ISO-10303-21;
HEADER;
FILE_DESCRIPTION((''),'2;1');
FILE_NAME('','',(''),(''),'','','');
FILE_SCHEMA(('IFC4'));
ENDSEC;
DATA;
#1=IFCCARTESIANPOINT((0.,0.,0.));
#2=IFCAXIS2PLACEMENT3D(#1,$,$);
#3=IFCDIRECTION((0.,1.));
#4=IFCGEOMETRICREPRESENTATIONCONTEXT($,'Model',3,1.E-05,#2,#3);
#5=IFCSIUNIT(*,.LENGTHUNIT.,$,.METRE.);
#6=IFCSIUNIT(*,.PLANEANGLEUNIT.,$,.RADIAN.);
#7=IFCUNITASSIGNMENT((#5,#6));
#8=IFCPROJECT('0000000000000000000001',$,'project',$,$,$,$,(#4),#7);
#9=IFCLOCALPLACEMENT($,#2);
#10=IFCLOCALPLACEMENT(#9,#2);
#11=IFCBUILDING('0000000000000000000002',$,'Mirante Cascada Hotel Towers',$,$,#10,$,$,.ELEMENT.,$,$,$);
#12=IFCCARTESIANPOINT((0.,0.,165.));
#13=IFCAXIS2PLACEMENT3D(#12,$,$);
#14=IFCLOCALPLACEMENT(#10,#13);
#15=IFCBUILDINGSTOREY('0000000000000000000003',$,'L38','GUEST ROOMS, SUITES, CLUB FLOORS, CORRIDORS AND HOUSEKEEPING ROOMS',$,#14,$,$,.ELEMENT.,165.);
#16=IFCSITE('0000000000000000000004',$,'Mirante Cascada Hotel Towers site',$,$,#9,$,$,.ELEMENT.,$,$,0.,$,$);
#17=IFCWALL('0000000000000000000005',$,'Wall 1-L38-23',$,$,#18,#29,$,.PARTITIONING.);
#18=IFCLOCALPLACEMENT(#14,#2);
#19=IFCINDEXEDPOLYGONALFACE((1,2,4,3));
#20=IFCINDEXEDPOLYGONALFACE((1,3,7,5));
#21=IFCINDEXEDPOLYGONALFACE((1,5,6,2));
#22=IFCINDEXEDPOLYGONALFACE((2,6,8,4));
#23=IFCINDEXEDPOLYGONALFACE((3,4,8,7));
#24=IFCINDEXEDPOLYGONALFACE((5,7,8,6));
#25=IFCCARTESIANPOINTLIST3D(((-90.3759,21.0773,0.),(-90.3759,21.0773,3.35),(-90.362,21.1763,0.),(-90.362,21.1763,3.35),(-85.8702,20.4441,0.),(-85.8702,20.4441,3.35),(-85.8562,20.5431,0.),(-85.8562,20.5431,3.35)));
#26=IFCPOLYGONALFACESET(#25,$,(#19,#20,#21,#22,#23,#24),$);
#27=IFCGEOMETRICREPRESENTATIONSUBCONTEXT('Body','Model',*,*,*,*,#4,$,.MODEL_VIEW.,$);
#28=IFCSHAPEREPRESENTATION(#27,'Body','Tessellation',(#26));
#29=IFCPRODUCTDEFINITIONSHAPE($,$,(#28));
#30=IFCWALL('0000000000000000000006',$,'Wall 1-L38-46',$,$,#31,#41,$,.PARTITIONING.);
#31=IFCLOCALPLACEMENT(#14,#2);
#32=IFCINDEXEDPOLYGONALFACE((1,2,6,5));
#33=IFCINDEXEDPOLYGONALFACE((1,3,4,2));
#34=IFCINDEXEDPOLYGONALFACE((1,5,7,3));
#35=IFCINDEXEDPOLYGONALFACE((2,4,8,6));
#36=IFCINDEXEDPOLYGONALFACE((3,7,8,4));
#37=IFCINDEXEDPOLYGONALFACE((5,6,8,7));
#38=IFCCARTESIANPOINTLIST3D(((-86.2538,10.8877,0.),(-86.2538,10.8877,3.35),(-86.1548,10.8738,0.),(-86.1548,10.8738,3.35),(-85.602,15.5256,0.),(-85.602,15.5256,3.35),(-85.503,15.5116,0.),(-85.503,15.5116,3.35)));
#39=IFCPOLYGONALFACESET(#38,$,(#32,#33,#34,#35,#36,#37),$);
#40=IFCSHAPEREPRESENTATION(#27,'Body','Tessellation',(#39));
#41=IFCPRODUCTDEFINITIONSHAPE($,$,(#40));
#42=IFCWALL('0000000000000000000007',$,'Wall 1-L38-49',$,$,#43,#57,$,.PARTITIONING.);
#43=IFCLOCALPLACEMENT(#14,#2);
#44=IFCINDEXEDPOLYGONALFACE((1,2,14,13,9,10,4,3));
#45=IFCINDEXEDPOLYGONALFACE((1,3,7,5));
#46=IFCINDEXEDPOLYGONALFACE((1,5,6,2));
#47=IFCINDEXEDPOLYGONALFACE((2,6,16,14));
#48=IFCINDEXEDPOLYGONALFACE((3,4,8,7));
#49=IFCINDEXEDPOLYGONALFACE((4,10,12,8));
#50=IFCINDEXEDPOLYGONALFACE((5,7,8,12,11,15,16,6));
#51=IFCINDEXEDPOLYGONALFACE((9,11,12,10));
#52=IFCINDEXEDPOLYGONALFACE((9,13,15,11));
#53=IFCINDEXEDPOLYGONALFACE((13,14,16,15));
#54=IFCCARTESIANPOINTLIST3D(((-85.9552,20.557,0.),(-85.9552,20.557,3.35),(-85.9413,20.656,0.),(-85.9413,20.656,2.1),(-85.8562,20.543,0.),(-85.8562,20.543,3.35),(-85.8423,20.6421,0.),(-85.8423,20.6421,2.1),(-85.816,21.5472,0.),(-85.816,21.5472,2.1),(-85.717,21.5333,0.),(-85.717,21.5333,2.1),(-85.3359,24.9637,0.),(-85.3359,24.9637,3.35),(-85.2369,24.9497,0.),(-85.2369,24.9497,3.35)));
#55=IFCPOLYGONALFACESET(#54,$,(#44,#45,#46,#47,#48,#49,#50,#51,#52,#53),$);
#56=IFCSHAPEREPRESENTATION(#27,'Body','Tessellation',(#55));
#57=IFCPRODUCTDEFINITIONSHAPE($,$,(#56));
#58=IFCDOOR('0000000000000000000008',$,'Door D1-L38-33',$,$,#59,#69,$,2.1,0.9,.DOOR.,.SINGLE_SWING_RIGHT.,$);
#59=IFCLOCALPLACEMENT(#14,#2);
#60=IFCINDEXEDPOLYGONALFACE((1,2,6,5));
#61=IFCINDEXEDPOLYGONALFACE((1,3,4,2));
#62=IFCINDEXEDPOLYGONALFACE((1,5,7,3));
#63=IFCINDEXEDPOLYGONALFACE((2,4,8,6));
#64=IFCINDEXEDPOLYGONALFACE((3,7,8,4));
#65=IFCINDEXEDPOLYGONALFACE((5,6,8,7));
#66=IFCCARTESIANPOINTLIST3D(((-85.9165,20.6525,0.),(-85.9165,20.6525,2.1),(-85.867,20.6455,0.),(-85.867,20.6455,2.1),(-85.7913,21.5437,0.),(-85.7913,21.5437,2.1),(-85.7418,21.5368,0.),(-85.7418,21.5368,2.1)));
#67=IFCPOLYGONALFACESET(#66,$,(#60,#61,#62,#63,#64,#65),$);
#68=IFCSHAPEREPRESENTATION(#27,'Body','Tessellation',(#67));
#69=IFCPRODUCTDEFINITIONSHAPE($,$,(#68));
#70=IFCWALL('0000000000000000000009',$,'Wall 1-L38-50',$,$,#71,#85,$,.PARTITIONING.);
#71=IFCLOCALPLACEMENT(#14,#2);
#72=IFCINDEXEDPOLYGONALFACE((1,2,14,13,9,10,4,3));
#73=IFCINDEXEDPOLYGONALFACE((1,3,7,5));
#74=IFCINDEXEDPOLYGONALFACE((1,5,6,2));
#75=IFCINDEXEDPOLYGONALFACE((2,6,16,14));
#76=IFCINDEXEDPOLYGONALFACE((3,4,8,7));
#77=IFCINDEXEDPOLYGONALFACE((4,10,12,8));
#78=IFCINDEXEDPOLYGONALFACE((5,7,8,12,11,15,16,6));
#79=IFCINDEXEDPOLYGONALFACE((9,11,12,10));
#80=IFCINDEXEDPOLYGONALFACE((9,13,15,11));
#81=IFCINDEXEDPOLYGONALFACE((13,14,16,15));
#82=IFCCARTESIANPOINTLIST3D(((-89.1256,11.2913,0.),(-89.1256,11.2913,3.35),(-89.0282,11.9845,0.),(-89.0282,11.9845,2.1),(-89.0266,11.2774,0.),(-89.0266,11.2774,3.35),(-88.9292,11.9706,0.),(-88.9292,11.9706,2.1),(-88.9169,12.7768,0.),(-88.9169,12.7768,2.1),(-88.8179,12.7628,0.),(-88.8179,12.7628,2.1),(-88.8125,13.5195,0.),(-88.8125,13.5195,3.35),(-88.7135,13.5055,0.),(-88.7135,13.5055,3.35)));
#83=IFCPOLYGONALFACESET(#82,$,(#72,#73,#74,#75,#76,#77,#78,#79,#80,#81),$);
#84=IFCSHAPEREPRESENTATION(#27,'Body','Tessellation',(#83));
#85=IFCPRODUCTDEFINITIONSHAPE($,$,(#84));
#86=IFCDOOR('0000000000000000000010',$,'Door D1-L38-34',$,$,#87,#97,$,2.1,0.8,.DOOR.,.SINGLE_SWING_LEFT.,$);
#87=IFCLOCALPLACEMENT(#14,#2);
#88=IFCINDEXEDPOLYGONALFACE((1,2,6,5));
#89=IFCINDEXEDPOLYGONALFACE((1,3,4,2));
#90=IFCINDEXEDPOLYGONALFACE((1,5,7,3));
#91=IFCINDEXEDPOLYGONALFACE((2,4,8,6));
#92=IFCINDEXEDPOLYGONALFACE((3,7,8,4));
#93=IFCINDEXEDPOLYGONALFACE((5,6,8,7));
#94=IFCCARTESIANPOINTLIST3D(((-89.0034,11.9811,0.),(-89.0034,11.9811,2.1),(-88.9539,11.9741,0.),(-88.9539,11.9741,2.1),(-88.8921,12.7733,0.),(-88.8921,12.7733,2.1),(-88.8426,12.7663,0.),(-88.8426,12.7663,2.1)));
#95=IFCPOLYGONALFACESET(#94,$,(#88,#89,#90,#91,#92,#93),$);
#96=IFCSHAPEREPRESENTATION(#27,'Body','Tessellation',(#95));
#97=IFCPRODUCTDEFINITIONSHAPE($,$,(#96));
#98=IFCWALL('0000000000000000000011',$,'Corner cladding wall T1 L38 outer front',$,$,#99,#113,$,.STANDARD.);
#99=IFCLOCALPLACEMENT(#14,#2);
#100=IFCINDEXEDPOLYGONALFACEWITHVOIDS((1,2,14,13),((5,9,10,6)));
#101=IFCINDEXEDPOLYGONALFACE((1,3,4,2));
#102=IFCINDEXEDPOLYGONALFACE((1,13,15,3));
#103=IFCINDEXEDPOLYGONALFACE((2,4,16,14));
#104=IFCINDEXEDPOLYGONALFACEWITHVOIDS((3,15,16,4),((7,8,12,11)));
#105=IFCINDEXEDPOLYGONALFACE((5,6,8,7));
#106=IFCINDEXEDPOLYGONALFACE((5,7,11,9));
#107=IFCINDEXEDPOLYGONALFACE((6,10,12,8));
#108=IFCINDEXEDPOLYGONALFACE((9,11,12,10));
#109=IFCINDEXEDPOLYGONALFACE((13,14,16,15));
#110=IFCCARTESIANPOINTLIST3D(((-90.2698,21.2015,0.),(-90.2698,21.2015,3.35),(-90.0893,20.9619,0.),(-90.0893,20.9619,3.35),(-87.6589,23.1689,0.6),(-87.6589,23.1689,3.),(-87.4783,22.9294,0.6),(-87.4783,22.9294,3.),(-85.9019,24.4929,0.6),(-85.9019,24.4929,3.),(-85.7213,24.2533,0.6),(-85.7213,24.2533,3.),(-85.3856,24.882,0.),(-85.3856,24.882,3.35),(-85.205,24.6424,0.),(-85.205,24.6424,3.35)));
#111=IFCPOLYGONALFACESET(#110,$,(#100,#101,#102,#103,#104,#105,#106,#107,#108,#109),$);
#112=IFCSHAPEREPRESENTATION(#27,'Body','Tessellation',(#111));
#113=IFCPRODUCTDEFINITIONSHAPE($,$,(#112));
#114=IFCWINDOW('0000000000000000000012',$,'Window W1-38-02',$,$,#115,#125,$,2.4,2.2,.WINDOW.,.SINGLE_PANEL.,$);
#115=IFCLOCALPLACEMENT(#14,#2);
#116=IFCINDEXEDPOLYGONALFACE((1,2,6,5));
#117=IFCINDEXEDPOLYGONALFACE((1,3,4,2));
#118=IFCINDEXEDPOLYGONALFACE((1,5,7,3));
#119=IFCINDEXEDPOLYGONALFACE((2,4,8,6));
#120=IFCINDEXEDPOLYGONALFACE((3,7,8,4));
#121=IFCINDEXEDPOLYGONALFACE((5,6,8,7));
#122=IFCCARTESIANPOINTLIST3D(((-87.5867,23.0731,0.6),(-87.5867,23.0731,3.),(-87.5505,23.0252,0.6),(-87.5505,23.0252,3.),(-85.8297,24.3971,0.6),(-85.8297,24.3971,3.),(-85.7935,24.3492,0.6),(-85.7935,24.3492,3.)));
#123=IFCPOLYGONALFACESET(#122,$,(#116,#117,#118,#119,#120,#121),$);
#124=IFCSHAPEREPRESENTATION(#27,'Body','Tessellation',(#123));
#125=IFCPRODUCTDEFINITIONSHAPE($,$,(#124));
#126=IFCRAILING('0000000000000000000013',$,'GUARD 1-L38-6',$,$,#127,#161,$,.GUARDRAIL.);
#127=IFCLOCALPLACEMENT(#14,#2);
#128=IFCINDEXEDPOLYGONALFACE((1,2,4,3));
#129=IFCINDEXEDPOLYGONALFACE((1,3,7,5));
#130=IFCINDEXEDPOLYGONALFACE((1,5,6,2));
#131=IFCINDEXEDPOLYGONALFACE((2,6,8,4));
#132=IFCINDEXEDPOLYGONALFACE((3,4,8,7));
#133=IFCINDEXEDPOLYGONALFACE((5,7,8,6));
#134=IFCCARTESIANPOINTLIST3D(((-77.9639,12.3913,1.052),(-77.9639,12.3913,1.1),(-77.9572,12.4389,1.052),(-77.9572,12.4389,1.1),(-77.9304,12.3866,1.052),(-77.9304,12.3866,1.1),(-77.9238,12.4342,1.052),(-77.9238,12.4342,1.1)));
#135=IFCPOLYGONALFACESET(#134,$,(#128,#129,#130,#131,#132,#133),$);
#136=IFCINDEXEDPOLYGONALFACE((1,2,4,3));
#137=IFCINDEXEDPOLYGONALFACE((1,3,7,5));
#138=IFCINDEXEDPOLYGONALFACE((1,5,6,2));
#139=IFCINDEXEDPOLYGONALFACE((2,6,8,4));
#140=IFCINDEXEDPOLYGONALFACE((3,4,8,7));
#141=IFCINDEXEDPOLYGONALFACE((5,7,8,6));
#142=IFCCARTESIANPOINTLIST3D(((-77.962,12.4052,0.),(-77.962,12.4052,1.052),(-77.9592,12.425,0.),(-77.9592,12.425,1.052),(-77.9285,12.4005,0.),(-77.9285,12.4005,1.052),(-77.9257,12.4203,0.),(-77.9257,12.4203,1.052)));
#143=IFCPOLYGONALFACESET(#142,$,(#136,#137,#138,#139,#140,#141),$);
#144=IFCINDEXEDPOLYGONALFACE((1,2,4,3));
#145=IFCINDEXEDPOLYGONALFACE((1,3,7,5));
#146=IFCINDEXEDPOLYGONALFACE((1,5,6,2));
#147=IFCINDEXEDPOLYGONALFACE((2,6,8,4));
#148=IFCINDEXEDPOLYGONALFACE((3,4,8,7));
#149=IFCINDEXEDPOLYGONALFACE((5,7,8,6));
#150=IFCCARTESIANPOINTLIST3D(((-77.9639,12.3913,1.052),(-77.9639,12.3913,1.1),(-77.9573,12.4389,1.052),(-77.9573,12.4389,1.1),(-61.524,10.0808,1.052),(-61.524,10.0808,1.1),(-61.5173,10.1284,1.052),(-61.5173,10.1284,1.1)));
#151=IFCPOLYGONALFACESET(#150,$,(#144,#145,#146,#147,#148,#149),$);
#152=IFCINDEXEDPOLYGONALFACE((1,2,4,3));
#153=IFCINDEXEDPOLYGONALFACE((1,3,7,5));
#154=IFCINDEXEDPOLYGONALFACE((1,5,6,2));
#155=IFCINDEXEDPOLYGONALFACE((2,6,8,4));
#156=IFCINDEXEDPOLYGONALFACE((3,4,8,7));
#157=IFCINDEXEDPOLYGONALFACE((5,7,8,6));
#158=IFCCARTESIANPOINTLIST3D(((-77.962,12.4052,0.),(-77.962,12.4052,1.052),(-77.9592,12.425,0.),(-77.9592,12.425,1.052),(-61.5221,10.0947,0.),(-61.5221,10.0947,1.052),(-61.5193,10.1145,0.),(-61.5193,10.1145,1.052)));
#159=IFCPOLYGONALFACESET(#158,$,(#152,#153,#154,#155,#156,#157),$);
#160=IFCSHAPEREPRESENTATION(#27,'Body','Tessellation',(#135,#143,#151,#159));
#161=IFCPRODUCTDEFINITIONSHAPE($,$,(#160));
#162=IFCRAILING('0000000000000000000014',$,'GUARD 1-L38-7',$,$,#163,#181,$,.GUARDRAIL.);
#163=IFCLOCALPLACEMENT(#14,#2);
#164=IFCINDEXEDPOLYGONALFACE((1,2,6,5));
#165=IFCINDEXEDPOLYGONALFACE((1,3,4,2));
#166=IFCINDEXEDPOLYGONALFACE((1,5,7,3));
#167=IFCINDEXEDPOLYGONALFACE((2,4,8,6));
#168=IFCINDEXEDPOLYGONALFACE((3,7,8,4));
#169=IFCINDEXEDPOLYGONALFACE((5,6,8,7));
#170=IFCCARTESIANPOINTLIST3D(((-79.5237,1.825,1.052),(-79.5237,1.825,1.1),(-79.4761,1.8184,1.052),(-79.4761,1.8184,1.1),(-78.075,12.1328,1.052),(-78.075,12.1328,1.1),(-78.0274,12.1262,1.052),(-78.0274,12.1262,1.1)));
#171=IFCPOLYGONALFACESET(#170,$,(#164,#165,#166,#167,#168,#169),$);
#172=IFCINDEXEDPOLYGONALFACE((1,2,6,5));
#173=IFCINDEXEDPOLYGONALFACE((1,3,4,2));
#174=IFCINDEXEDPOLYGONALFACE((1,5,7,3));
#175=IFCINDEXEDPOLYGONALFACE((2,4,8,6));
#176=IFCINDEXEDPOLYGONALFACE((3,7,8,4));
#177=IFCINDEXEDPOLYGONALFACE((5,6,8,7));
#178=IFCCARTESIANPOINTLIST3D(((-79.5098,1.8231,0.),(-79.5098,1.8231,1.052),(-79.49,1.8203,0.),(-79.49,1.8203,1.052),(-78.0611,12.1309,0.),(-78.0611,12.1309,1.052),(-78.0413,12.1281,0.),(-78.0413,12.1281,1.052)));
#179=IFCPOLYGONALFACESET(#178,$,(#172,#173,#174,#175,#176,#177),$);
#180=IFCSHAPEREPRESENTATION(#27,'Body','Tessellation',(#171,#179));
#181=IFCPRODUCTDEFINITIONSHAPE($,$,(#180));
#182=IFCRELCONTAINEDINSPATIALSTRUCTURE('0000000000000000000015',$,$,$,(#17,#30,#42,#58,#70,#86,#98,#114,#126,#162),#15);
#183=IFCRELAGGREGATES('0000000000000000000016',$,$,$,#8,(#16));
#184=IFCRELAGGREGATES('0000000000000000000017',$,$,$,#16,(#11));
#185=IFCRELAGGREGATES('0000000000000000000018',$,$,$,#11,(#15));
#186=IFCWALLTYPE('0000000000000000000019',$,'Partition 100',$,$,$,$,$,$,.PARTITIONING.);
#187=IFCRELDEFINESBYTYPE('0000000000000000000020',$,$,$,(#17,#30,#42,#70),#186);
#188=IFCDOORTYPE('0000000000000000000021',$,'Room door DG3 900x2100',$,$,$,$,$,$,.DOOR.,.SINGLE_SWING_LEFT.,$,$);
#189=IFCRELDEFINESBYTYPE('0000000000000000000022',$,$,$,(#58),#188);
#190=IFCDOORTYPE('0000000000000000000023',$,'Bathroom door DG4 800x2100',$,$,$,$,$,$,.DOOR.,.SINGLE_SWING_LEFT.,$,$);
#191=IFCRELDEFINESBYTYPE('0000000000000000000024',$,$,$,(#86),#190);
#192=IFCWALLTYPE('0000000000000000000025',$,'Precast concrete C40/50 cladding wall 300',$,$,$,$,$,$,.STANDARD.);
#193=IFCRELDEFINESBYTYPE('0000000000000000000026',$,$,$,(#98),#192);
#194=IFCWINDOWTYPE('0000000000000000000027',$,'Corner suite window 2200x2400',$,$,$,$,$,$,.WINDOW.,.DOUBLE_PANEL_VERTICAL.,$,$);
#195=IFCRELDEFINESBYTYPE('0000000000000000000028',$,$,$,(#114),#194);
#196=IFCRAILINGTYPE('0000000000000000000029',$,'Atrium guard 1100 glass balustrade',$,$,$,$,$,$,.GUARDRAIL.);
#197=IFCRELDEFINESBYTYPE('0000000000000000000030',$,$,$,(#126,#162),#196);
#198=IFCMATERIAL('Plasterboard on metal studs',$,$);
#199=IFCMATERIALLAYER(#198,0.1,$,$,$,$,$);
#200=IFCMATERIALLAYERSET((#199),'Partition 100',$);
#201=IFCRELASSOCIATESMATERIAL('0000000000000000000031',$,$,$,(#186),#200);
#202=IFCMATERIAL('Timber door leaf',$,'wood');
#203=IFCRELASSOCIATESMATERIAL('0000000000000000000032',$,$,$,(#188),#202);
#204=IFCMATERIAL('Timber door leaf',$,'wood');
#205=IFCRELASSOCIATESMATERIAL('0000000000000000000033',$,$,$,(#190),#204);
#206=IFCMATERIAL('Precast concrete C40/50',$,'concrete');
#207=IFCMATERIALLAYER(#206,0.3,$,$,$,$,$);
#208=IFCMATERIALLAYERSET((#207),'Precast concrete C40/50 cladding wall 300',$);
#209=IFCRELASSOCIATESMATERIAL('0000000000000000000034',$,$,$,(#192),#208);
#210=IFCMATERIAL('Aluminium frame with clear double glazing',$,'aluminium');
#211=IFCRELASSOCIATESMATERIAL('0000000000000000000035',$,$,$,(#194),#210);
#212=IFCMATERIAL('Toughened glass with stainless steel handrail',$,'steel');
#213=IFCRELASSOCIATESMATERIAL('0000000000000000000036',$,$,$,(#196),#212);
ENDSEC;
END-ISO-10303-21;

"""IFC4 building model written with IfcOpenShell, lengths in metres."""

from ifc_helpers import new_model, si_unit, direction, frame, frame_2d, origin, origin_2d, place, context, subcontext, project, spatial, rectangle, extrude, material, layer, layer_set, type_object, element, fill, save


model = new_model("IFC4")

# Units and contexts
model_context = context("Model", 3, precision=1e-05, world=origin(), true_north=direction((0.0, 1.0)))
body_context = subcontext(model_context, "Body", "Model", "MODEL_VIEW")
ifc_project = project(units=[si_unit("LENGTHUNIT", "METRE"), si_unit("PLANEANGLEUNIT", "RADIAN")], contexts=[model_context])

# Site, building, storey
site_placement = place(None, origin())
site = spatial("IfcSite", under=ifc_project, at=site_placement, Name="Mirante Cascada Hotel Towers site", CompositionType="ELEMENT", RefElevation=0.0)
building_placement = place(site_placement, origin())
building = spatial("IfcBuilding", under=site, at=building_placement, Name="Mirante Cascada Hotel Towers", CompositionType="ELEMENT")
storey_placement = place(building_placement, frame((0.0, 0.0, 165.0)))
storey = spatial("IfcBuildingStorey", under=building, at=storey_placement, Name="L38", Description="GUEST ROOMS, SUITES, CLUB FLOORS, CORRIDORS AND HOUSEKEEPING ROOMS", CompositionType="ELEMENT", Elevation=165.0)

# Shared definitions
ifc_material_1 = material(Name="Plasterboard on metal studs")
ifc_layer_1 = layer(ifc_material_1, 0.1)
ifc_layer_set_1 = layer_set([ifc_layer_1], Name="Partition 100")
wall_type_1 = type_object("IfcWallType", Name="Partition 100", PredefinedType="PARTITIONING", material=ifc_layer_set_1)

# Shared definitions
ifc_material_2 = material(Name="Timber door leaf", Category="wood")
door_type_1 = type_object("IfcDoorType", Name="Room door DG3 900x2100", OperationType="SINGLE_SWING_LEFT", PredefinedType="DOOR", material=ifc_material_2)

# Walls
wall_1_placement = place(storey_placement, frame((-85.8632, 20.4936, 0.0), z_axis=(0.0, 0.0, 1.0), x_axis=(-0.990269, 0.139166, 0.0)))
element("IfcWall", 1, at=wall_1_placement, inside=storey, type_object=wall_type_1, Name="Wall 1-L38-23", PredefinedType="PARTITIONING", context=body_context, shape_type="SweptSolid", body=[
    extrude(rectangle(XDim=4.55, YDim=0.1, at=frame_2d((2.275, 0.0))), origin(), (0.0, 0.0, 1.0), 3.35),
])
wall_2_placement = place(storey_placement, frame((-85.5525, 15.5186, 0.0), z_axis=(0.0, 0.0, 1.0), x_axis=(-0.139173, -0.990268, 0.0)))
element("IfcWall", 2, at=wall_2_placement, inside=storey, type_object=wall_type_1, Name="Wall 1-L38-46", PredefinedType="PARTITIONING", context=body_context, shape_type="SweptSolid", body=[
    extrude(rectangle(XDim=4.6834, YDim=0.1, at=frame_2d((2.3417, 0.0))), origin(), (0.0, 0.0, 1.0), 3.35),
])

# Walls, openings, doors
wall_3_placement = place(storey_placement, frame((-85.9057, 20.55, 0.0), z_axis=(0.0, 0.0, 1.0), x_axis=(0.139168, 0.990269, 0.0)))
wall_3 = element("IfcWall", 3, at=wall_3_placement, inside=storey, type_object=wall_type_1, Name="Wall 1-L38-49", PredefinedType="PARTITIONING", context=body_context, shape_type="SweptSolid", body=[
    extrude(rectangle(XDim=4.45, YDim=0.1, at=frame_2d((2.225, 0.0))), origin(), (0.0, 0.0, 1.0), 3.35),
])
opening_1_placement = place(wall_3_placement, frame((0.1, 0.0, 0.0)))
opening_1 = element("IfcOpeningElement", 4, at=opening_1_placement, cuts=wall_3, PredefinedType="OPENING", context=body_context, shape_type="SweptSolid", body=[
    extrude(rectangle(XDim=0.9, YDim=2.1, at=frame_2d((0.45, 1.05))), frame((0.0, 0.05, 0.0), z_axis=(0.0, -1.0, 0.0), x_axis=(1.0, 0.0, 0.0)), (0.0, 0.0, 1.0), 0.1),
])
door_1_placement = place(opening_1_placement, frame((0.9, 0.0, 0.0), z_axis=(0.0, 0.0, 1.0), x_axis=(-1.0, 0.0, 0.0)))
door_1 = element("IfcDoor", 5, at=door_1_placement, inside=storey, type_object=door_type_1, Name="Door D1-L38-33", OperationType="SINGLE_SWING_RIGHT", OverallHeight=2.1, OverallWidth=0.9, PredefinedType="DOOR", context=body_context, shape_type="SweptSolid", body=[
    extrude(rectangle(XDim=0.9, YDim=2.1, at=frame_2d((0.45, 1.05))), frame((0.0, 0.025, 0.0), z_axis=(0.0, -1.0, 0.0), x_axis=(1.0, 0.0, 0.0)), (0.0, 0.0, 1.0), 0.05),
])
fill(opening_1, door_1)
wall_4_placement = place(storey_placement, frame((-88.763, 13.5125, 0.0), z_axis=(0.0, 0.0, 1.0), x_axis=(-0.139156, -0.990271, 0.0)))
wall_4 = element("IfcWall", 6, at=wall_4_placement, inside=storey, type_object=wall_type_1, Name="Wall 1-L38-50", PredefinedType="PARTITIONING", context=body_context, shape_type="SweptSolid", body=[
    extrude(rectangle(XDim=2.25, YDim=0.1, at=frame_2d((1.125, 0.0))), origin(), (0.0, 0.0, 1.0), 3.35),
])
opening_2_placement = place(wall_4_placement, frame((0.75, 0.0, 0.0)))
opening_2 = element("IfcOpeningElement", 7, at=opening_2_placement, cuts=wall_4, PredefinedType="OPENING", context=body_context, shape_type="SweptSolid", body=[
    extrude(rectangle(XDim=0.8, YDim=2.1, at=frame_2d((0.4, 1.05))), frame((0.0, 0.05, 0.0), z_axis=(0.0, -1.0, 0.0), x_axis=(1.0, 0.0, 0.0)), (0.0, 0.0, 1.0), 0.1),
])
ifc_material_3 = material(Name="Timber door leaf", Category="wood")
door_type_2 = type_object("IfcDoorType", Name="Bathroom door DG4 800x2100", OperationType="SINGLE_SWING_LEFT", PredefinedType="DOOR", material=ifc_material_3)
door_2_placement = place(opening_2_placement, origin())
door_2 = element("IfcDoor", 8, at=door_2_placement, inside=storey, type_object=door_type_2, Name="Door D1-L38-34", OperationType="SINGLE_SWING_LEFT", OverallHeight=2.1, OverallWidth=0.8, PredefinedType="DOOR", context=body_context, shape_type="SweptSolid", body=[
    extrude(rectangle(XDim=0.8, YDim=2.1, at=frame_2d((0.4, 1.05))), frame((0.0, 0.025, 0.0), z_axis=(0.0, -1.0, 0.0), x_axis=(1.0, 0.0, 0.0)), (0.0, 0.0, 1.0), 0.05),
])
fill(opening_2, door_2)

# Wall, opening, window
ifc_material_4 = material(Name="Precast concrete C40/50", Category="concrete")
ifc_layer_2 = layer(ifc_material_4, 0.3)
ifc_layer_set_2 = layer_set([ifc_layer_2], Name="Precast concrete C40/50 cladding wall 300")
wall_type_2 = type_object("IfcWallType", Name="Precast concrete C40/50 cladding wall 300", PredefinedType="STANDARD", material=ifc_layer_set_2)
wall_5_placement = place(storey_placement, frame((-90.1795, 21.0817, 0.0), z_axis=(0.0, 0.0, 1.0), x_axis=(0.798636, 0.601814, 0.0)))
wall_5 = element("IfcWall", 9, at=wall_5_placement, inside=storey, type_object=wall_type_2, Name="Corner cladding wall T1 L38 outer front", PredefinedType="STANDARD", context=body_context, shape_type="SweptSolid", body=[
    extrude(rectangle(XDim=6.1157, YDim=0.3, at=frame_2d((3.0578, 0.0))), origin(), (0.0, 0.0, 1.0), 3.35),
])
opening_3_placement = place(wall_5_placement, frame((3.2692, 0.0, 0.6)))
opening_3 = element("IfcOpeningElement", 10, at=opening_3_placement, cuts=wall_5, PredefinedType="OPENING", context=body_context, shape_type="SweptSolid", body=[
    extrude(rectangle(XDim=2.2, YDim=2.4, at=frame_2d((1.1, 1.2))), frame((0.0, 0.15, 0.0), z_axis=(0.0, -1.0, 0.0), x_axis=(1.0, 0.0, 0.0)), (0.0, 0.0, 1.0), 0.3),
])
ifc_material_5 = material(Name="Aluminium frame with clear double glazing", Category="aluminium")
window_type = type_object("IfcWindowType", Name="Corner suite window 2200x2400", PartitioningType="DOUBLE_PANEL_VERTICAL", PredefinedType="WINDOW", material=ifc_material_5)
window_placement = place(opening_3_placement, origin())
window = element("IfcWindow", 11, at=window_placement, inside=storey, type_object=window_type, Name="Window W1-38-02", OverallHeight=2.4, OverallWidth=2.2, PartitioningType="SINGLE_PANEL", PredefinedType="WINDOW", context=body_context, shape_type="SweptSolid", body=[
    extrude(rectangle(XDim=2.2, YDim=2.4, at=frame_2d((1.1, 1.2))), frame((0.0, 0.03, 0.0), z_axis=(0.0, -1.0, 0.0), x_axis=(1.0, 0.0, 0.0)), (0.0, 0.0, 1.0), 0.06),
])
fill(opening_3, window)

# Railings
ifc_material_6 = material(Name="Toughened glass with stainless steel handrail", Category="steel")
railing_type = type_object("IfcRailingType", Name="Atrium guard 1100 glass balustrade", PredefinedType="GUARDRAIL", material=ifc_material_6)
railing_1_placement = place(storey_placement, frame((-77.9271, 12.4104, 0.0)))
element("IfcRailing", 12, at=railing_1_placement, inside=storey, type_object=railing_type, Name="GUARD 1-L38-6", PredefinedType="GUARDRAIL", context=body_context, shape_type="SweptSolid", body=[
    extrude(rectangle(XDim=0.048, YDim=0.048, at=origin_2d()), frame((0.0, 0.0, 1.076), z_axis=(-0.990301, 0.138938, 0.0), x_axis=(-0.138938, -0.990301, 0.0)), (0.0, 0.0, 1.0), 0.0338),
    extrude(rectangle(XDim=0.02, YDim=1.052, at=origin_2d()), frame((0.0, 0.0, 0.526), z_axis=(-0.990301, 0.138938, 0.0), x_axis=(-0.138938, -0.990301, 0.0)), (0.0, 0.0, 1.0), 0.0338),
    extrude(rectangle(XDim=0.048, YDim=0.048, at=origin_2d()), frame((-0.0335, 0.0047, 1.076), z_axis=(0.990268, -0.139174, 0.0), x_axis=(0.139174, 0.990268, 0.0)), (0.0, 0.0, 1.0), 16.6015),
    extrude(rectangle(XDim=0.02, YDim=1.052, at=origin_2d()), frame((-0.0335, 0.0047, 0.526), z_axis=(0.990268, -0.139174, 0.0), x_axis=(0.139174, 0.990268, 0.0)), (0.0, 0.0, 1.0), 16.6015),
])
railing_2_placement = place(storey_placement, frame((-78.0512, 12.1295, 0.0)))
element("IfcRailing", 13, at=railing_2_placement, inside=storey, type_object=railing_type, Name="GUARD 1-L38-7", PredefinedType="GUARDRAIL", context=body_context, shape_type="SweptSolid", body=[
    extrude(rectangle(XDim=0.048, YDim=0.048, at=origin_2d()), frame((0.0, 0.0, 1.076), z_axis=(-0.139176, -0.990268, 0.0), x_axis=(0.990268, -0.139176, 0.0)), (0.0, 0.0, 1.0), 10.4091),
    extrude(rectangle(XDim=0.02, YDim=1.052, at=origin_2d()), frame((0.0, 0.0, 0.526), z_axis=(-0.139176, -0.990268, 0.0), x_axis=(0.990268, -0.139176, 0.0)), (0.0, 0.0, 1.0), 10.4091),
])

save(model, "model.ifc")
